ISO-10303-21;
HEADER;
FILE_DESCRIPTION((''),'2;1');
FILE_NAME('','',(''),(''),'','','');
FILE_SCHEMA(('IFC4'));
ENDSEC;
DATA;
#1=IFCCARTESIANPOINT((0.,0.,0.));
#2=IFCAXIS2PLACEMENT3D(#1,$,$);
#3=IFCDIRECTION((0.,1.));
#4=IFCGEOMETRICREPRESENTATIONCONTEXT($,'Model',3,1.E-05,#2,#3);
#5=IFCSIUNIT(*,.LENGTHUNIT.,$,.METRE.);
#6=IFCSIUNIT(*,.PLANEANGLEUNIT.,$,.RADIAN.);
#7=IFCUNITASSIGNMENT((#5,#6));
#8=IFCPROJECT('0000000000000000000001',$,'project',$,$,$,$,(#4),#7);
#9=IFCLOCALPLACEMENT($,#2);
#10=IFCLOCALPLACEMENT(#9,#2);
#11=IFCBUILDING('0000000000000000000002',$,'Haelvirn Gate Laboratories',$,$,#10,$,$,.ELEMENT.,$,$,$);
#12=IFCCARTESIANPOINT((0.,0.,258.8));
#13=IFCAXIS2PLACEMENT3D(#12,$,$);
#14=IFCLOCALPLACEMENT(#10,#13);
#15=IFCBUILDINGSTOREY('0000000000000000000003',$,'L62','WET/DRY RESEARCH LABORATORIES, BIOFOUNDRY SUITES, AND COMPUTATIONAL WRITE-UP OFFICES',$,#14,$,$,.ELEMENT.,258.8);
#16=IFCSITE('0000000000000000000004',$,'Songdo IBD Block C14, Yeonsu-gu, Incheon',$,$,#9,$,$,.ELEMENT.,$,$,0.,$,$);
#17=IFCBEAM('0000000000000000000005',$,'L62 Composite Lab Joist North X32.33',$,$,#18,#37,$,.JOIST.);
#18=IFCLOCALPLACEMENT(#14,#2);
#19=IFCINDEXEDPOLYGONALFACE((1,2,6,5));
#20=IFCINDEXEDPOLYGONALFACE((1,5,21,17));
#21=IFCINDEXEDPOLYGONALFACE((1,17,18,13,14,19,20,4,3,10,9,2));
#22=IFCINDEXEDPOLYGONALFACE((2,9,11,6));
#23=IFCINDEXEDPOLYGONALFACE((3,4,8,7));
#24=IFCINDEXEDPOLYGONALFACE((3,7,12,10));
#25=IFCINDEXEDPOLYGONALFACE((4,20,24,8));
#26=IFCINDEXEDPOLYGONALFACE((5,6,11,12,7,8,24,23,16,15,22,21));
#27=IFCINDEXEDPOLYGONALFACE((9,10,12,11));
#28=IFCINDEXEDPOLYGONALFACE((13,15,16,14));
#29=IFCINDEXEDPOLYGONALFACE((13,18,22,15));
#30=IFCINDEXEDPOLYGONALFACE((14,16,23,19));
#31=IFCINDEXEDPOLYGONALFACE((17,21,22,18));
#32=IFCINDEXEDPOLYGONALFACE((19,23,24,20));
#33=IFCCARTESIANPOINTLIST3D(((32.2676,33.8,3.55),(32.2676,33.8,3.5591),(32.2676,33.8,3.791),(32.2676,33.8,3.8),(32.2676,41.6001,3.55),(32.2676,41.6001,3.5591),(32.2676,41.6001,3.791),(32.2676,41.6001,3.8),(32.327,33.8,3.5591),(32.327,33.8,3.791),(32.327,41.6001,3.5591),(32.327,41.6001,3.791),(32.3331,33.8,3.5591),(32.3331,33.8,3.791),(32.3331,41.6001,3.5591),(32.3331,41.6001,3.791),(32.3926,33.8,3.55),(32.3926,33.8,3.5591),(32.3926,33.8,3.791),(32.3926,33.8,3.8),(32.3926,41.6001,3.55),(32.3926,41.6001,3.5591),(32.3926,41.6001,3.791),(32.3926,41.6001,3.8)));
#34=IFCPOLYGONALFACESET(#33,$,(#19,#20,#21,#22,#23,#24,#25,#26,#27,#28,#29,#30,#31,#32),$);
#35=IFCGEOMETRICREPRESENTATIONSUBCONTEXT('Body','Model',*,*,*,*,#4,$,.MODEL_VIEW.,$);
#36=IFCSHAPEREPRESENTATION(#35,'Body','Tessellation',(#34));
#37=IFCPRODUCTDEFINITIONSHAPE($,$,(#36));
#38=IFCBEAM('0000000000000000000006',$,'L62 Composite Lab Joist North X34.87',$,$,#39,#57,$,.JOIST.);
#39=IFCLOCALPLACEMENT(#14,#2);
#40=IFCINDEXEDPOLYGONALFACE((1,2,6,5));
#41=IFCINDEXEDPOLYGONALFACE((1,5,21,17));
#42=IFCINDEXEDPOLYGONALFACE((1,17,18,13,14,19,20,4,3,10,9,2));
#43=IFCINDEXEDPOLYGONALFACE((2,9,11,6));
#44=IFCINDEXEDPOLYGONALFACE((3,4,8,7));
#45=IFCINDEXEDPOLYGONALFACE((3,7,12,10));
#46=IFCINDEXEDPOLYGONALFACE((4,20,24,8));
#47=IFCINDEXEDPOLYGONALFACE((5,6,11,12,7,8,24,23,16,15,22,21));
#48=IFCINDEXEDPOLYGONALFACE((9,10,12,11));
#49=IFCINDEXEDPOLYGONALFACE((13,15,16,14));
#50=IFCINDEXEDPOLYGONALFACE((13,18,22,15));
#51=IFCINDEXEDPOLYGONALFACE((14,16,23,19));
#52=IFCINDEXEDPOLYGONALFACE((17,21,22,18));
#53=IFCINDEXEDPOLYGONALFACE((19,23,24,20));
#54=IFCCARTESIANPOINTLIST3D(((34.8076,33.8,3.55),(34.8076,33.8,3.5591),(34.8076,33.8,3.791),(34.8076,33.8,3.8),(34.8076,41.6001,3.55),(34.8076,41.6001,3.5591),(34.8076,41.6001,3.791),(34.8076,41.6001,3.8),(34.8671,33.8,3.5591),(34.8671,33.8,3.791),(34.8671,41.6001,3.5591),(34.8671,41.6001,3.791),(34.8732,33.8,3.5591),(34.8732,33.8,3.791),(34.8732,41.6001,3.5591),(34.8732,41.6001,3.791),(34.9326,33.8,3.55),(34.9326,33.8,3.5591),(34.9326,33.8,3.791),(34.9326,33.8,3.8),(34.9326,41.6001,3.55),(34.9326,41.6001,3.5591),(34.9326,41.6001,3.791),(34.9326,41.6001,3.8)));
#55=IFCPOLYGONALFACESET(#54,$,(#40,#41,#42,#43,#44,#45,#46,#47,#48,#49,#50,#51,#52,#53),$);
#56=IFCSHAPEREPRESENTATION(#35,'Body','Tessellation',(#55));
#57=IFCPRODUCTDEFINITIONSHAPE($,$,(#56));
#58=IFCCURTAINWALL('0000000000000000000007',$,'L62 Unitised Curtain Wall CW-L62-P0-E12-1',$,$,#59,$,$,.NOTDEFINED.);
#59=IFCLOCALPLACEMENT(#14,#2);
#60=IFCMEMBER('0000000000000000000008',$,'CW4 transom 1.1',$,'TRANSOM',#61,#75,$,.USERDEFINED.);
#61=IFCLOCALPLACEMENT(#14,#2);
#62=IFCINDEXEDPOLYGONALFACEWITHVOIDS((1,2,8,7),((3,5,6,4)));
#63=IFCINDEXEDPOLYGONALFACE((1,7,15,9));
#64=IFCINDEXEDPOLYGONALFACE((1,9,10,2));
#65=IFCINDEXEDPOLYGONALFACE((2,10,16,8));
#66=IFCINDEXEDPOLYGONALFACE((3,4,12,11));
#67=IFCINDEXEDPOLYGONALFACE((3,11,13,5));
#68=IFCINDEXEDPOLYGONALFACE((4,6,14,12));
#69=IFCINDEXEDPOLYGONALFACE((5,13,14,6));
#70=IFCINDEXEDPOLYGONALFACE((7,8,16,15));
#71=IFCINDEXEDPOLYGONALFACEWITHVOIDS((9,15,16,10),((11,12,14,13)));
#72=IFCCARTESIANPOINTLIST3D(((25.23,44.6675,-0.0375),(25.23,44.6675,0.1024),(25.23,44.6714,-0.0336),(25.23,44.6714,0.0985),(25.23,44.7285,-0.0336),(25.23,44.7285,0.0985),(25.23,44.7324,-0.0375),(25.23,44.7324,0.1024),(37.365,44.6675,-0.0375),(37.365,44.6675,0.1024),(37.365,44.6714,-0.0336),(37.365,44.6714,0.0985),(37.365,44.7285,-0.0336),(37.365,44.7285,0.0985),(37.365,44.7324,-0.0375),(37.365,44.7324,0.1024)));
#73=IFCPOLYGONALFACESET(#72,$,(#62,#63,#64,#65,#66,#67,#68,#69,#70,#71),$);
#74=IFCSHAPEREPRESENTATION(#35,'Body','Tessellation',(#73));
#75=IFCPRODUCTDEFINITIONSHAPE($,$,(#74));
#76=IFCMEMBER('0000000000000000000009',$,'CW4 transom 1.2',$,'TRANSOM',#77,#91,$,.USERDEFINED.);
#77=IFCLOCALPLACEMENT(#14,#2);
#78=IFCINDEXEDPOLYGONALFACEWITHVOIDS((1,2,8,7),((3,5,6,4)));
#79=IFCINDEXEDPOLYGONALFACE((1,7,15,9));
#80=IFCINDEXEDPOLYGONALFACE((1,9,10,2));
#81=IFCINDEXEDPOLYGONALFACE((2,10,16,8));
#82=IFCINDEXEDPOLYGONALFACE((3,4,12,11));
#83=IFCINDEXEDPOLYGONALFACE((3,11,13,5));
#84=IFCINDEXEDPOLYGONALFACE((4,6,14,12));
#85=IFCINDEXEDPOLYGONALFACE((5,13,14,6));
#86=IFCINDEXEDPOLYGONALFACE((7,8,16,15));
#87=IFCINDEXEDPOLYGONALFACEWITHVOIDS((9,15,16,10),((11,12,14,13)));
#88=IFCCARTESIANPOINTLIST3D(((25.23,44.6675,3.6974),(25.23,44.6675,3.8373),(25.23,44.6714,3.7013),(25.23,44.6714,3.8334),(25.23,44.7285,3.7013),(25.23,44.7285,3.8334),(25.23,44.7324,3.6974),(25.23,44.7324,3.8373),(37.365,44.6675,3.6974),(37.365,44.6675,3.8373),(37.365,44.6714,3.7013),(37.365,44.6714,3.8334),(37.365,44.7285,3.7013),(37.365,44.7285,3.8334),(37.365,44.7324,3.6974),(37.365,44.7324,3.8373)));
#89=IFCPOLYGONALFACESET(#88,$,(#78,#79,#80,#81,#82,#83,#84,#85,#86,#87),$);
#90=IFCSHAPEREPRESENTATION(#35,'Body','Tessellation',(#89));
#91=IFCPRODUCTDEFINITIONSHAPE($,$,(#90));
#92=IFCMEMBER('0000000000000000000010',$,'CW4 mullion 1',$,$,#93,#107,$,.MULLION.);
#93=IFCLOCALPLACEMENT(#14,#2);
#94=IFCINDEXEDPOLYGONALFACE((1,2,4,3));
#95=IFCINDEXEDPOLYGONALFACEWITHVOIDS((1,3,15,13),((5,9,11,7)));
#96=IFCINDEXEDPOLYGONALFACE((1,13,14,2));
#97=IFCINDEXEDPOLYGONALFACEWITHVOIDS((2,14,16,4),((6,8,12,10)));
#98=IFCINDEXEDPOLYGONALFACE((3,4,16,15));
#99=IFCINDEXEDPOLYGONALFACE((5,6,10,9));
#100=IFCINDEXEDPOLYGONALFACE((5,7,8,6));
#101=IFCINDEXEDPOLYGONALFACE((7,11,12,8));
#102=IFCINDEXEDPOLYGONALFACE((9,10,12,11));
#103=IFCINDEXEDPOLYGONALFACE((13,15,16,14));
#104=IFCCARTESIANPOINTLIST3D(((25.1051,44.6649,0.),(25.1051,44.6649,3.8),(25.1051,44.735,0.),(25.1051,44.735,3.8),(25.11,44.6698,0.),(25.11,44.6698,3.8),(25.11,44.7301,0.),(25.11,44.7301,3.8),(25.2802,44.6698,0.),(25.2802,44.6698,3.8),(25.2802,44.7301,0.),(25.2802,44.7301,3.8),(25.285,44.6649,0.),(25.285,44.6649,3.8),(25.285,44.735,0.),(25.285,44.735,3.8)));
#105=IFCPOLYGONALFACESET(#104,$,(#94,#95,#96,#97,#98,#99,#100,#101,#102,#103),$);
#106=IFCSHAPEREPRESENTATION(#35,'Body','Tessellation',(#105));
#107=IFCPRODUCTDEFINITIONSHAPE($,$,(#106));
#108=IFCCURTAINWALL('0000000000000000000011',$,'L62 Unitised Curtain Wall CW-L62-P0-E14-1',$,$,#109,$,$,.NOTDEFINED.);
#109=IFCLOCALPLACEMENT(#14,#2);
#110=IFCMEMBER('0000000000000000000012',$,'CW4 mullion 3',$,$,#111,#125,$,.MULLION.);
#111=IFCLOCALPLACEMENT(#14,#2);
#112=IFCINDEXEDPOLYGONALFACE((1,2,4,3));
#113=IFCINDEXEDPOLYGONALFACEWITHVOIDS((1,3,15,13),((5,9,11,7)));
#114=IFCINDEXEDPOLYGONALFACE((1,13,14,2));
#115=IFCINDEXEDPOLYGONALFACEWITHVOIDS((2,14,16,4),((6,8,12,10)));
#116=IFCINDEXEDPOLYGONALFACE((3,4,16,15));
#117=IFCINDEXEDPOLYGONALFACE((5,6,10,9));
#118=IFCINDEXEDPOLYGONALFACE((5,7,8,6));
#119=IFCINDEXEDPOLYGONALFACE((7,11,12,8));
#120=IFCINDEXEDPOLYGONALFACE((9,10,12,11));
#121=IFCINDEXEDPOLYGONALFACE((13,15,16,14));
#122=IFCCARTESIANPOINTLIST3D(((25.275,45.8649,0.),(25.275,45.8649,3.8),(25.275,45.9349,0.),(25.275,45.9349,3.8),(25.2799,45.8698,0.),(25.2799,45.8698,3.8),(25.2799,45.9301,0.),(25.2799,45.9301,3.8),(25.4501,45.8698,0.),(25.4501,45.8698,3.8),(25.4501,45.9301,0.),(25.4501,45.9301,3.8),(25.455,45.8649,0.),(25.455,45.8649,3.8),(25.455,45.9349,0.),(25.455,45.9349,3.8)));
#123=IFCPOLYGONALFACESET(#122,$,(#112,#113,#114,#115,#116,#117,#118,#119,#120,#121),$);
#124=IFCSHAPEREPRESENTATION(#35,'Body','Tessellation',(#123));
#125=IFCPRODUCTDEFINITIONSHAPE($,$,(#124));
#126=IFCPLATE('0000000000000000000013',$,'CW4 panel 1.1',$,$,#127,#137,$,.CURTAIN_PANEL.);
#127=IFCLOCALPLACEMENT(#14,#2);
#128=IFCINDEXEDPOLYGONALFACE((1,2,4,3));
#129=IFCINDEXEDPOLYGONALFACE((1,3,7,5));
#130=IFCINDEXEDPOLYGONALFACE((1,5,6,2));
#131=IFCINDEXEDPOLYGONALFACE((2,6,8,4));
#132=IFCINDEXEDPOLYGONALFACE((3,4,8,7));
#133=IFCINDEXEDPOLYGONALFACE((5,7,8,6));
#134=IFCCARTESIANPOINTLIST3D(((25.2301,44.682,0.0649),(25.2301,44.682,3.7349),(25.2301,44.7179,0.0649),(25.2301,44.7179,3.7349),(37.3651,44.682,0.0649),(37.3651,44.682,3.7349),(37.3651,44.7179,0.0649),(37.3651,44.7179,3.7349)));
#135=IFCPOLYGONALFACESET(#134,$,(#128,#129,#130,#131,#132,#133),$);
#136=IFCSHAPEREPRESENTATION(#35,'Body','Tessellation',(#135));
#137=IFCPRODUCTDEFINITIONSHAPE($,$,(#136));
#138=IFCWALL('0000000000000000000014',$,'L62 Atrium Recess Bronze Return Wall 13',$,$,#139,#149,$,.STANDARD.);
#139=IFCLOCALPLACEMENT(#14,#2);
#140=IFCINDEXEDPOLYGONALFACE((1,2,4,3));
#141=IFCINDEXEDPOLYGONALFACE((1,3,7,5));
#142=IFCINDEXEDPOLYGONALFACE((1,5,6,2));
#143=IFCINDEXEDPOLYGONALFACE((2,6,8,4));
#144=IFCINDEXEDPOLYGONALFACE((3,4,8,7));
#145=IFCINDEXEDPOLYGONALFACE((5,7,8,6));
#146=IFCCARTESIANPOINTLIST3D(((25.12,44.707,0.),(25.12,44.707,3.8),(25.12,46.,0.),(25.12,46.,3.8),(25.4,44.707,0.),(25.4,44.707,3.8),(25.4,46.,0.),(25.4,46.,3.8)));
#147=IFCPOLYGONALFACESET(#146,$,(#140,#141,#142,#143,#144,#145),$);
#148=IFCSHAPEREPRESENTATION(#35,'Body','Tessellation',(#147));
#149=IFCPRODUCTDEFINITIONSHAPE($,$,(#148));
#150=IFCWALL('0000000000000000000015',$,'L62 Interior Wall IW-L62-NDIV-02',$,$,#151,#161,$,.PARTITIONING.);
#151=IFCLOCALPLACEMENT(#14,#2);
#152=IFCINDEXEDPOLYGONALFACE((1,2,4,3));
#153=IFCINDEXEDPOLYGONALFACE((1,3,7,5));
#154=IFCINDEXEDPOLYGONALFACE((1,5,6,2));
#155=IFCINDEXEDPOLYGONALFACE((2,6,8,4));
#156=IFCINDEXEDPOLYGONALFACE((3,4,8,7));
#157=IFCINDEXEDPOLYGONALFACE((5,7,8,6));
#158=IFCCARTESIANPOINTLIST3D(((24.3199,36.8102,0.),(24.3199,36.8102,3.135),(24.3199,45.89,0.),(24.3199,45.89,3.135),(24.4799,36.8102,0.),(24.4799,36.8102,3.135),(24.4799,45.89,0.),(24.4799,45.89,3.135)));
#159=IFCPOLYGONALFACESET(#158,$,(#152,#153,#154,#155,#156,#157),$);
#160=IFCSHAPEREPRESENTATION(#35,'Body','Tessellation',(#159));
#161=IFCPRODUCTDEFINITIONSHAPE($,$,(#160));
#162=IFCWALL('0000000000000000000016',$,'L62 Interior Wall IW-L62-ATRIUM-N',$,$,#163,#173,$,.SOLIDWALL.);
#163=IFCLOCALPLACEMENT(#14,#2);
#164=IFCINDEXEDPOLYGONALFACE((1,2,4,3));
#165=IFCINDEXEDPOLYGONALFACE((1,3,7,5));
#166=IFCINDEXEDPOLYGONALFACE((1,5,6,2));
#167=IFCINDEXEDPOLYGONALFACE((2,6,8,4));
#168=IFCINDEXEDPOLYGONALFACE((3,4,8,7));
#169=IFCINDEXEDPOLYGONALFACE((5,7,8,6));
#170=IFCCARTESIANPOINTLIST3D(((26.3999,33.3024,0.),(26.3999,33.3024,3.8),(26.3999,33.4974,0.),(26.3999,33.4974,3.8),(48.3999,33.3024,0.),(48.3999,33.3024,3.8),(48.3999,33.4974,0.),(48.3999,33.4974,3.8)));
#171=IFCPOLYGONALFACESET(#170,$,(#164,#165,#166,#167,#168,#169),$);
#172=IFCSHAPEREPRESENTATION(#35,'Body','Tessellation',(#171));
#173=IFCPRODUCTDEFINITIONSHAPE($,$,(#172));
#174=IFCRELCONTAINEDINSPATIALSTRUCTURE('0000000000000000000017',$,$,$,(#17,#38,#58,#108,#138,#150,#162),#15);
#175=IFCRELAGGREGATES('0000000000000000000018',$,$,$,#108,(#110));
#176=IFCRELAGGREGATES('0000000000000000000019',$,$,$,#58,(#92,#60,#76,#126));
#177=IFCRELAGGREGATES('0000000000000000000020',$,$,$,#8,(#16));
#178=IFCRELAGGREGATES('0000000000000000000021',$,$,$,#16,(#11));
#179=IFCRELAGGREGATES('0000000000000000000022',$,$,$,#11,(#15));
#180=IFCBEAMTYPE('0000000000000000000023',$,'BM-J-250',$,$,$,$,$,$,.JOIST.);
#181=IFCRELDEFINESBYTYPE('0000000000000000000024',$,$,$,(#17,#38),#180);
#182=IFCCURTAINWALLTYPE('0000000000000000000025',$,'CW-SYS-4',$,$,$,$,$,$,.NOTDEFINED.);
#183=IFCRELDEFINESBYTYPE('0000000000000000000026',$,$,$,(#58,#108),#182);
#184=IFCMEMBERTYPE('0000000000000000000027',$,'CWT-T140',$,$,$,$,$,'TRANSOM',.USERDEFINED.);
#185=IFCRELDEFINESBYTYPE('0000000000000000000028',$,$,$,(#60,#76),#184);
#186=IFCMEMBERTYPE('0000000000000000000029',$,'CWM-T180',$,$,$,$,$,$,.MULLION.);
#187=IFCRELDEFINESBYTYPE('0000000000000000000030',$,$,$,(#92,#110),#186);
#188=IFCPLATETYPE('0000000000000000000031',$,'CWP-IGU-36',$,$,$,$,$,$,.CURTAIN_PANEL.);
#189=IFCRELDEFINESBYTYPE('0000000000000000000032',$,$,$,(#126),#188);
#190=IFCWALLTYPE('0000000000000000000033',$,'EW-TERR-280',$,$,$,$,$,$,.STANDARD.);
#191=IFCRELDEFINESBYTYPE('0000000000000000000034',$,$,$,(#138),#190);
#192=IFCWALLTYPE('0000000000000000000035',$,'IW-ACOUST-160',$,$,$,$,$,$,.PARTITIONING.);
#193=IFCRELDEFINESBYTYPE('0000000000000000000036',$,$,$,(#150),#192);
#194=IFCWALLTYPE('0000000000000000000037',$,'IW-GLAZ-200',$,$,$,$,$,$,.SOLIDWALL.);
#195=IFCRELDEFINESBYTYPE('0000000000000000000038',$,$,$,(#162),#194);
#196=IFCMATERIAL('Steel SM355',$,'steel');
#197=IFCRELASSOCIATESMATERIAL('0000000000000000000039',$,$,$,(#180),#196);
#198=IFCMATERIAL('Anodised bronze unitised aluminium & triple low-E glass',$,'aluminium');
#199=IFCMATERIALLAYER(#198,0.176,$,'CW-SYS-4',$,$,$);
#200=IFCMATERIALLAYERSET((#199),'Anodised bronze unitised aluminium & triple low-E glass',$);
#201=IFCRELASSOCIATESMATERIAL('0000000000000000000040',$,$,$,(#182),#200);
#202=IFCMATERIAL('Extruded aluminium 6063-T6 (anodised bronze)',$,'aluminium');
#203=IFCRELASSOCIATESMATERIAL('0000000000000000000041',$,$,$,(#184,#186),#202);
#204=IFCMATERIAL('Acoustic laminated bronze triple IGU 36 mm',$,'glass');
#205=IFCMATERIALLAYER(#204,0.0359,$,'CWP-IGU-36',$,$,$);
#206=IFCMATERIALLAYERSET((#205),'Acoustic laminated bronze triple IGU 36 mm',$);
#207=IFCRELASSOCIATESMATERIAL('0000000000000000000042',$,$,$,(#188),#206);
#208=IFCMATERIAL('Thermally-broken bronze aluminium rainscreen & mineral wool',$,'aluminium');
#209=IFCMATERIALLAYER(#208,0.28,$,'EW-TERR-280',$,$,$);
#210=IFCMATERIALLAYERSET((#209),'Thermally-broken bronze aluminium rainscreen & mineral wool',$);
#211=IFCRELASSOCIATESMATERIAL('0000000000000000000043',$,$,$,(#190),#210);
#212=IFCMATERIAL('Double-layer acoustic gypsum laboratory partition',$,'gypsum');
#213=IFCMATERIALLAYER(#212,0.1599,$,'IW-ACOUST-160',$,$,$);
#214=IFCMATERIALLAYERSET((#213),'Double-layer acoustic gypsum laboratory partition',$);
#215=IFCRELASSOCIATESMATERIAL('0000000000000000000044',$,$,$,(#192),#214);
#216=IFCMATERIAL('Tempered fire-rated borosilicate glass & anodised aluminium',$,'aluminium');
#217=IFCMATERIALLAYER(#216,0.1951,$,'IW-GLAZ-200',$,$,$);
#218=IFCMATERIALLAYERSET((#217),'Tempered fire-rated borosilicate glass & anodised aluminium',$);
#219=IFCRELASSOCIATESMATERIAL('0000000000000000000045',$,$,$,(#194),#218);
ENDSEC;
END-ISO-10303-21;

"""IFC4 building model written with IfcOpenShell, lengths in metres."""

from ifc_helpers import new_model, si_unit, direction, frame, frame_2d, origin, origin_2d, place, context, subcontext, project, spatial, rectangle, hollow_rectangle, i_section, extrude, source, transform, mapped, material, layer, layer_set, material_profile, profile_set, type_object, type_shapes, element, aggregate, save


model = new_model("IFC4")

# Units and contexts
model_context = context("Model", 3, precision=1e-05, world=origin(), true_north=direction((0.0, 1.0)))
body_context = subcontext(model_context, "Body", "Model", "MODEL_VIEW")
ifc_project = project(units=[si_unit("LENGTHUNIT", "METRE"), si_unit("PLANEANGLEUNIT", "RADIAN")], contexts=[model_context])

# Site, building, storey
site_placement = place(None, origin())
site = spatial("IfcSite", under=ifc_project, at=site_placement, Name="Songdo IBD Block C14, Yeonsu-gu, Incheon", CompositionType="ELEMENT", RefElevation=0.0)
building_placement = place(site_placement, origin())
building = spatial("IfcBuilding", under=site, at=building_placement, Name="Haelvirn Gate Laboratories", CompositionType="ELEMENT")
storey_placement = place(building_placement, frame((0.0, 0.0, 258.8)))
storey = spatial("IfcBuildingStorey", under=building, at=storey_placement, Name="L62", Description="WET/DRY RESEARCH LABORATORIES, BIOFOUNDRY SUITES, AND COMPUTATIONAL WRITE-UP OFFICES", CompositionType="ELEMENT", Elevation=258.8)

# Shared definitions
ifc_material_1 = material(Name="Steel SM355", Category="steel")

# Beams
ifc_material_profile_1 = material_profile(ifc_material_1, i_section(OverallWidth=0.125, OverallDepth=0.25, WebThickness=0.0061, FlangeThickness=0.009, at=origin_2d()), Name="H-250x125x6x9")
ifc_profile_set_1 = profile_set([ifc_material_profile_1], Name="Steel SM355")
beam_type_1 = type_object("IfcBeamType", Name="BM-J-250", PredefinedType="JOIST", material=ifc_profile_set_1)
shared_shape_1 = source(origin(), body_context, "Body", "SweptSolid", [
    extrude(i_section(OverallWidth=0.125, OverallDepth=0.25, WebThickness=0.0061, FlangeThickness=0.009, at=origin_2d()), origin(), (0.0, 0.0, 1.0), 7.8),
])
type_shapes(beam_type_1, [shared_shape_1])
for number, where, z_axis, x_axis, name in (
    (1, (32.3301, 33.8, 3.675), (0.0, 1.0, 0.0), (-1.0, 0.0, 0.0), "L62 Composite Lab Joist North X32.33"),
    (2, (34.8701, 33.8, 3.675), (0.0, 1.0, 0.0), (-1.0, 0.0, 0.0), "L62 Composite Lab Joist North X34.87"),
):
    element("IfcBeam", number, at=place(storey_placement, frame(where, z_axis=z_axis, x_axis=x_axis)), inside=storey, type_object=beam_type_1, Name=name, PredefinedType="JOIST", context=body_context, shape_type="MappedRepresentation", body=[
        mapped(shared_shape_1, transform((0.0, 0.0, 0.0), scale=1.0)),
    ])

# Curtain wall, members
ifc_material_2 = material(Name="Anodised bronze unitised aluminium & triple low-E glass", Category="aluminium")
ifc_layer_1 = layer(ifc_material_2, 0.176, Name="CW-SYS-4")
ifc_layer_set_1 = layer_set([ifc_layer_1], Name="Anodised bronze unitised aluminium & triple low-E glass")
curtain_wall_type = type_object("IfcCurtainWallType", Name="CW-SYS-4", PredefinedType="NOTDEFINED", material=ifc_layer_set_1)
curtain_wall_1_placement = place(storey_placement, origin())
curtain_wall_1 = element("IfcCurtainWall", 3, at=curtain_wall_1_placement, inside=storey, type_object=curtain_wall_type, Name="L62 Unitised Curtain Wall CW-L62-P0-E12-1", PredefinedType="NOTDEFINED")
ifc_material_3 = material(Name="Extruded aluminium 6063-T6 (anodised bronze)", Category="aluminium")
ifc_material_profile_2 = material_profile(ifc_material_3, hollow_rectangle(XDim=0.0649, YDim=0.1399, WallThickness=0.0039, at=origin_2d()), Name="CWT-140x65x4")
ifc_profile_set_2 = profile_set([ifc_material_profile_2], Name="Extruded aluminium 6063-T6 (anodised bronze)")
member_type_1 = type_object("IfcMemberType", Name="CWT-T140", ElementType="TRANSOM", PredefinedType="USERDEFINED", material=ifc_profile_set_2)
shared_shape_2 = source(origin(), body_context, "Body", "SweptSolid", [
    extrude(hollow_rectangle(XDim=0.0649, YDim=0.1399, WallThickness=0.0039, at=origin_2d()), origin(), (0.0, 0.0, 1.0), 12.135),
])
type_shapes(member_type_1, [shared_shape_2])
member_1_placement = place(storey_placement, frame((25.23, 44.7, 0.0325), z_axis=(1.0, 0.0, 0.0), x_axis=(0.0, 1.0, 0.0)))
member_1 = element("IfcMember", 4, at=member_1_placement, type_object=member_type_1, Name="CW4 transom 1.1", ObjectType="TRANSOM", PredefinedType="USERDEFINED", context=body_context, shape_type="MappedRepresentation", body=[
    mapped(shared_shape_2, transform((0.0, 0.0, 0.0), scale=1.0)),
])
member_2_placement = place(storey_placement, frame((25.23, 44.7, 3.7673), z_axis=(1.0, 0.0, 0.0), x_axis=(0.0, 1.0, 0.0)))
member_2 = element("IfcMember", 5, at=member_2_placement, type_object=member_type_1, Name="CW4 transom 1.2", ObjectType="TRANSOM", PredefinedType="USERDEFINED", context=body_context, shape_type="MappedRepresentation", body=[
    mapped(shared_shape_2, transform((0.0, 0.0, 0.0), scale=1.0)),
])
ifc_material_profile_3 = material_profile(ifc_material_3, hollow_rectangle(XDim=0.0701, YDim=0.1799, WallThickness=0.0049, at=origin_2d()), Name="CWM-180x70x5")
ifc_profile_set_3 = profile_set([ifc_material_profile_3], Name="Extruded aluminium 6063-T6 (anodised bronze)")
member_type_2 = type_object("IfcMemberType", Name="CWM-T180", PredefinedType="MULLION", material=ifc_profile_set_3)
shared_shape_3 = source(origin(), body_context, "Body", "SweptSolid", [
    extrude(hollow_rectangle(XDim=0.0701, YDim=0.1799, WallThickness=0.0049, at=origin_2d()), origin(), (0.0, 0.0, 1.0), 3.8),
])
type_shapes(member_type_2, [shared_shape_3])
member_3_placement = place(storey_placement, frame((25.1951, 44.7, 0.0), z_axis=(0.0, 0.0, 1.0), x_axis=(0.0, 1.0, 0.0)))
member_3 = element("IfcMember", 6, at=member_3_placement, type_object=member_type_2, Name="CW4 mullion 1", PredefinedType="MULLION", context=body_context, shape_type="MappedRepresentation", body=[
    mapped(shared_shape_3, transform((0.0, 0.0, 0.0), scale=1.0)),
])

# Curtain wall, member
curtain_wall_2_placement = place(storey_placement, origin())
curtain_wall_2 = element("IfcCurtainWall", 7, at=curtain_wall_2_placement, inside=storey, type_object=curtain_wall_type, Name="L62 Unitised Curtain Wall CW-L62-P0-E14-1", PredefinedType="NOTDEFINED")
member_4_placement = place(storey_placement, frame((25.365, 45.8999, 0.0), z_axis=(0.0, 0.0, 1.0), x_axis=(0.0, 1.0, 0.0)))
member_4 = element("IfcMember", 8, at=member_4_placement, type_object=member_type_2, Name="CW4 mullion 3", PredefinedType="MULLION", context=body_context, shape_type="MappedRepresentation", body=[
    mapped(shared_shape_3, transform((0.0, 0.0, 0.0), scale=1.0)),
])
aggregate(curtain_wall_2, [member_4])

# Plate
ifc_material_4 = material(Name="Acoustic laminated bronze triple IGU 36 mm", Category="glass")
ifc_layer_2 = layer(ifc_material_4, 0.0359, Name="CWP-IGU-36")
ifc_layer_set_2 = layer_set([ifc_layer_2], Name="Acoustic laminated bronze triple IGU 36 mm")
plate_type = type_object("IfcPlateType", Name="CWP-IGU-36", PredefinedType="CURTAIN_PANEL", material=ifc_layer_set_2)
shared_shape_4 = source(origin(), body_context, "Body", "SweptSolid", [
    extrude(rectangle(XDim=12.135, YDim=0.0359, at=origin_2d()), origin(), (0.0, 0.0, 1.0), 3.6699),
])
type_shapes(plate_type, [shared_shape_4])
plate_placement = place(storey_placement, frame((31.2976, 44.7, 0.0649), z_axis=(0.0, 0.0, 1.0), x_axis=(1.0, 0.0, 0.0)))
plate = element("IfcPlate", 9, at=plate_placement, type_object=plate_type, Name="CW4 panel 1.1", PredefinedType="CURTAIN_PANEL", context=body_context, shape_type="MappedRepresentation", body=[
    mapped(shared_shape_4, transform((0.0, 0.0, 0.0), scale=1.0)),
])
aggregate(curtain_wall_1, [member_3, member_1, member_2, plate])

# Walls
ifc_material_5 = material(Name="Thermally-broken bronze aluminium rainscreen & mineral wool", Category="aluminium")
ifc_layer_3 = layer(ifc_material_5, 0.28, Name="EW-TERR-280")
ifc_layer_set_3 = layer_set([ifc_layer_3], Name="Thermally-broken bronze aluminium rainscreen & mineral wool")
wall_type_1 = type_object("IfcWallType", Name="EW-TERR-280", PredefinedType="STANDARD", material=ifc_layer_set_3)
wall_1_placement = place(storey_placement, frame((25.26, 44.707, 0.0), z_axis=(0.0, 0.0, 1.0), x_axis=(0.0, 1.0, 0.0)))
element("IfcWall", 10, at=wall_1_placement, inside=storey, type_object=wall_type_1, Name="L62 Atrium Recess Bronze Return Wall 13", PredefinedType="STANDARD", context=body_context, shape_type="SweptSolid", body=[
    extrude(rectangle(XDim=1.293, YDim=0.28, at=frame_2d((0.6465, 0.0))), origin(), (0.0, 0.0, 1.0), 3.8),
])
ifc_material_6 = material(Name="Double-layer acoustic gypsum laboratory partition", Category="gypsum")
ifc_layer_4 = layer(ifc_material_6, 0.1599, Name="IW-ACOUST-160")
ifc_layer_set_4 = layer_set([ifc_layer_4], Name="Double-layer acoustic gypsum laboratory partition")
wall_type_2 = type_object("IfcWallType", Name="IW-ACOUST-160", PredefinedType="PARTITIONING", material=ifc_layer_set_4)
wall_2_placement = place(storey_placement, frame((24.3999, 36.8101, 0.0), z_axis=(0.0, 0.0, 1.0), x_axis=(0.0, 1.0, 0.0)))
element("IfcWall", 11, at=wall_2_placement, inside=storey, type_object=wall_type_2, Name="L62 Interior Wall IW-L62-NDIV-02", PredefinedType="PARTITIONING", context=body_context, shape_type="SweptSolid", body=[
    extrude(rectangle(XDim=9.0798, YDim=0.1599, at=frame_2d((4.54, 0.0))), origin(), (0.0, 0.0, 1.0), 3.135),
])
ifc_material_7 = material(Name="Tempered fire-rated borosilicate glass & anodised aluminium", Category="aluminium")
ifc_layer_5 = layer(ifc_material_7, 0.1951, Name="IW-GLAZ-200")
ifc_layer_set_5 = layer_set([ifc_layer_5], Name="Tempered fire-rated borosilicate glass & anodised aluminium")
wall_type_3 = type_object("IfcWallType", Name="IW-GLAZ-200", PredefinedType="SOLIDWALL", material=ifc_layer_set_5)
wall_3_placement = place(storey_placement, frame((26.3999, 33.3999, 0.0), z_axis=(0.0, 0.0, 1.0), x_axis=(1.0, 0.0, 0.0)))
element("IfcWall", 12, at=wall_3_placement, inside=storey, type_object=wall_type_3, Name="L62 Interior Wall IW-L62-ATRIUM-N", PredefinedType="SOLIDWALL", context=body_context, shape_type="SweptSolid", body=[
    extrude(rectangle(XDim=22.0, YDim=0.1951, at=frame_2d((11.0, 0.0))), origin(), (0.0, 0.0, 1.0), 3.8),
])

save(model, "model.ifc")
